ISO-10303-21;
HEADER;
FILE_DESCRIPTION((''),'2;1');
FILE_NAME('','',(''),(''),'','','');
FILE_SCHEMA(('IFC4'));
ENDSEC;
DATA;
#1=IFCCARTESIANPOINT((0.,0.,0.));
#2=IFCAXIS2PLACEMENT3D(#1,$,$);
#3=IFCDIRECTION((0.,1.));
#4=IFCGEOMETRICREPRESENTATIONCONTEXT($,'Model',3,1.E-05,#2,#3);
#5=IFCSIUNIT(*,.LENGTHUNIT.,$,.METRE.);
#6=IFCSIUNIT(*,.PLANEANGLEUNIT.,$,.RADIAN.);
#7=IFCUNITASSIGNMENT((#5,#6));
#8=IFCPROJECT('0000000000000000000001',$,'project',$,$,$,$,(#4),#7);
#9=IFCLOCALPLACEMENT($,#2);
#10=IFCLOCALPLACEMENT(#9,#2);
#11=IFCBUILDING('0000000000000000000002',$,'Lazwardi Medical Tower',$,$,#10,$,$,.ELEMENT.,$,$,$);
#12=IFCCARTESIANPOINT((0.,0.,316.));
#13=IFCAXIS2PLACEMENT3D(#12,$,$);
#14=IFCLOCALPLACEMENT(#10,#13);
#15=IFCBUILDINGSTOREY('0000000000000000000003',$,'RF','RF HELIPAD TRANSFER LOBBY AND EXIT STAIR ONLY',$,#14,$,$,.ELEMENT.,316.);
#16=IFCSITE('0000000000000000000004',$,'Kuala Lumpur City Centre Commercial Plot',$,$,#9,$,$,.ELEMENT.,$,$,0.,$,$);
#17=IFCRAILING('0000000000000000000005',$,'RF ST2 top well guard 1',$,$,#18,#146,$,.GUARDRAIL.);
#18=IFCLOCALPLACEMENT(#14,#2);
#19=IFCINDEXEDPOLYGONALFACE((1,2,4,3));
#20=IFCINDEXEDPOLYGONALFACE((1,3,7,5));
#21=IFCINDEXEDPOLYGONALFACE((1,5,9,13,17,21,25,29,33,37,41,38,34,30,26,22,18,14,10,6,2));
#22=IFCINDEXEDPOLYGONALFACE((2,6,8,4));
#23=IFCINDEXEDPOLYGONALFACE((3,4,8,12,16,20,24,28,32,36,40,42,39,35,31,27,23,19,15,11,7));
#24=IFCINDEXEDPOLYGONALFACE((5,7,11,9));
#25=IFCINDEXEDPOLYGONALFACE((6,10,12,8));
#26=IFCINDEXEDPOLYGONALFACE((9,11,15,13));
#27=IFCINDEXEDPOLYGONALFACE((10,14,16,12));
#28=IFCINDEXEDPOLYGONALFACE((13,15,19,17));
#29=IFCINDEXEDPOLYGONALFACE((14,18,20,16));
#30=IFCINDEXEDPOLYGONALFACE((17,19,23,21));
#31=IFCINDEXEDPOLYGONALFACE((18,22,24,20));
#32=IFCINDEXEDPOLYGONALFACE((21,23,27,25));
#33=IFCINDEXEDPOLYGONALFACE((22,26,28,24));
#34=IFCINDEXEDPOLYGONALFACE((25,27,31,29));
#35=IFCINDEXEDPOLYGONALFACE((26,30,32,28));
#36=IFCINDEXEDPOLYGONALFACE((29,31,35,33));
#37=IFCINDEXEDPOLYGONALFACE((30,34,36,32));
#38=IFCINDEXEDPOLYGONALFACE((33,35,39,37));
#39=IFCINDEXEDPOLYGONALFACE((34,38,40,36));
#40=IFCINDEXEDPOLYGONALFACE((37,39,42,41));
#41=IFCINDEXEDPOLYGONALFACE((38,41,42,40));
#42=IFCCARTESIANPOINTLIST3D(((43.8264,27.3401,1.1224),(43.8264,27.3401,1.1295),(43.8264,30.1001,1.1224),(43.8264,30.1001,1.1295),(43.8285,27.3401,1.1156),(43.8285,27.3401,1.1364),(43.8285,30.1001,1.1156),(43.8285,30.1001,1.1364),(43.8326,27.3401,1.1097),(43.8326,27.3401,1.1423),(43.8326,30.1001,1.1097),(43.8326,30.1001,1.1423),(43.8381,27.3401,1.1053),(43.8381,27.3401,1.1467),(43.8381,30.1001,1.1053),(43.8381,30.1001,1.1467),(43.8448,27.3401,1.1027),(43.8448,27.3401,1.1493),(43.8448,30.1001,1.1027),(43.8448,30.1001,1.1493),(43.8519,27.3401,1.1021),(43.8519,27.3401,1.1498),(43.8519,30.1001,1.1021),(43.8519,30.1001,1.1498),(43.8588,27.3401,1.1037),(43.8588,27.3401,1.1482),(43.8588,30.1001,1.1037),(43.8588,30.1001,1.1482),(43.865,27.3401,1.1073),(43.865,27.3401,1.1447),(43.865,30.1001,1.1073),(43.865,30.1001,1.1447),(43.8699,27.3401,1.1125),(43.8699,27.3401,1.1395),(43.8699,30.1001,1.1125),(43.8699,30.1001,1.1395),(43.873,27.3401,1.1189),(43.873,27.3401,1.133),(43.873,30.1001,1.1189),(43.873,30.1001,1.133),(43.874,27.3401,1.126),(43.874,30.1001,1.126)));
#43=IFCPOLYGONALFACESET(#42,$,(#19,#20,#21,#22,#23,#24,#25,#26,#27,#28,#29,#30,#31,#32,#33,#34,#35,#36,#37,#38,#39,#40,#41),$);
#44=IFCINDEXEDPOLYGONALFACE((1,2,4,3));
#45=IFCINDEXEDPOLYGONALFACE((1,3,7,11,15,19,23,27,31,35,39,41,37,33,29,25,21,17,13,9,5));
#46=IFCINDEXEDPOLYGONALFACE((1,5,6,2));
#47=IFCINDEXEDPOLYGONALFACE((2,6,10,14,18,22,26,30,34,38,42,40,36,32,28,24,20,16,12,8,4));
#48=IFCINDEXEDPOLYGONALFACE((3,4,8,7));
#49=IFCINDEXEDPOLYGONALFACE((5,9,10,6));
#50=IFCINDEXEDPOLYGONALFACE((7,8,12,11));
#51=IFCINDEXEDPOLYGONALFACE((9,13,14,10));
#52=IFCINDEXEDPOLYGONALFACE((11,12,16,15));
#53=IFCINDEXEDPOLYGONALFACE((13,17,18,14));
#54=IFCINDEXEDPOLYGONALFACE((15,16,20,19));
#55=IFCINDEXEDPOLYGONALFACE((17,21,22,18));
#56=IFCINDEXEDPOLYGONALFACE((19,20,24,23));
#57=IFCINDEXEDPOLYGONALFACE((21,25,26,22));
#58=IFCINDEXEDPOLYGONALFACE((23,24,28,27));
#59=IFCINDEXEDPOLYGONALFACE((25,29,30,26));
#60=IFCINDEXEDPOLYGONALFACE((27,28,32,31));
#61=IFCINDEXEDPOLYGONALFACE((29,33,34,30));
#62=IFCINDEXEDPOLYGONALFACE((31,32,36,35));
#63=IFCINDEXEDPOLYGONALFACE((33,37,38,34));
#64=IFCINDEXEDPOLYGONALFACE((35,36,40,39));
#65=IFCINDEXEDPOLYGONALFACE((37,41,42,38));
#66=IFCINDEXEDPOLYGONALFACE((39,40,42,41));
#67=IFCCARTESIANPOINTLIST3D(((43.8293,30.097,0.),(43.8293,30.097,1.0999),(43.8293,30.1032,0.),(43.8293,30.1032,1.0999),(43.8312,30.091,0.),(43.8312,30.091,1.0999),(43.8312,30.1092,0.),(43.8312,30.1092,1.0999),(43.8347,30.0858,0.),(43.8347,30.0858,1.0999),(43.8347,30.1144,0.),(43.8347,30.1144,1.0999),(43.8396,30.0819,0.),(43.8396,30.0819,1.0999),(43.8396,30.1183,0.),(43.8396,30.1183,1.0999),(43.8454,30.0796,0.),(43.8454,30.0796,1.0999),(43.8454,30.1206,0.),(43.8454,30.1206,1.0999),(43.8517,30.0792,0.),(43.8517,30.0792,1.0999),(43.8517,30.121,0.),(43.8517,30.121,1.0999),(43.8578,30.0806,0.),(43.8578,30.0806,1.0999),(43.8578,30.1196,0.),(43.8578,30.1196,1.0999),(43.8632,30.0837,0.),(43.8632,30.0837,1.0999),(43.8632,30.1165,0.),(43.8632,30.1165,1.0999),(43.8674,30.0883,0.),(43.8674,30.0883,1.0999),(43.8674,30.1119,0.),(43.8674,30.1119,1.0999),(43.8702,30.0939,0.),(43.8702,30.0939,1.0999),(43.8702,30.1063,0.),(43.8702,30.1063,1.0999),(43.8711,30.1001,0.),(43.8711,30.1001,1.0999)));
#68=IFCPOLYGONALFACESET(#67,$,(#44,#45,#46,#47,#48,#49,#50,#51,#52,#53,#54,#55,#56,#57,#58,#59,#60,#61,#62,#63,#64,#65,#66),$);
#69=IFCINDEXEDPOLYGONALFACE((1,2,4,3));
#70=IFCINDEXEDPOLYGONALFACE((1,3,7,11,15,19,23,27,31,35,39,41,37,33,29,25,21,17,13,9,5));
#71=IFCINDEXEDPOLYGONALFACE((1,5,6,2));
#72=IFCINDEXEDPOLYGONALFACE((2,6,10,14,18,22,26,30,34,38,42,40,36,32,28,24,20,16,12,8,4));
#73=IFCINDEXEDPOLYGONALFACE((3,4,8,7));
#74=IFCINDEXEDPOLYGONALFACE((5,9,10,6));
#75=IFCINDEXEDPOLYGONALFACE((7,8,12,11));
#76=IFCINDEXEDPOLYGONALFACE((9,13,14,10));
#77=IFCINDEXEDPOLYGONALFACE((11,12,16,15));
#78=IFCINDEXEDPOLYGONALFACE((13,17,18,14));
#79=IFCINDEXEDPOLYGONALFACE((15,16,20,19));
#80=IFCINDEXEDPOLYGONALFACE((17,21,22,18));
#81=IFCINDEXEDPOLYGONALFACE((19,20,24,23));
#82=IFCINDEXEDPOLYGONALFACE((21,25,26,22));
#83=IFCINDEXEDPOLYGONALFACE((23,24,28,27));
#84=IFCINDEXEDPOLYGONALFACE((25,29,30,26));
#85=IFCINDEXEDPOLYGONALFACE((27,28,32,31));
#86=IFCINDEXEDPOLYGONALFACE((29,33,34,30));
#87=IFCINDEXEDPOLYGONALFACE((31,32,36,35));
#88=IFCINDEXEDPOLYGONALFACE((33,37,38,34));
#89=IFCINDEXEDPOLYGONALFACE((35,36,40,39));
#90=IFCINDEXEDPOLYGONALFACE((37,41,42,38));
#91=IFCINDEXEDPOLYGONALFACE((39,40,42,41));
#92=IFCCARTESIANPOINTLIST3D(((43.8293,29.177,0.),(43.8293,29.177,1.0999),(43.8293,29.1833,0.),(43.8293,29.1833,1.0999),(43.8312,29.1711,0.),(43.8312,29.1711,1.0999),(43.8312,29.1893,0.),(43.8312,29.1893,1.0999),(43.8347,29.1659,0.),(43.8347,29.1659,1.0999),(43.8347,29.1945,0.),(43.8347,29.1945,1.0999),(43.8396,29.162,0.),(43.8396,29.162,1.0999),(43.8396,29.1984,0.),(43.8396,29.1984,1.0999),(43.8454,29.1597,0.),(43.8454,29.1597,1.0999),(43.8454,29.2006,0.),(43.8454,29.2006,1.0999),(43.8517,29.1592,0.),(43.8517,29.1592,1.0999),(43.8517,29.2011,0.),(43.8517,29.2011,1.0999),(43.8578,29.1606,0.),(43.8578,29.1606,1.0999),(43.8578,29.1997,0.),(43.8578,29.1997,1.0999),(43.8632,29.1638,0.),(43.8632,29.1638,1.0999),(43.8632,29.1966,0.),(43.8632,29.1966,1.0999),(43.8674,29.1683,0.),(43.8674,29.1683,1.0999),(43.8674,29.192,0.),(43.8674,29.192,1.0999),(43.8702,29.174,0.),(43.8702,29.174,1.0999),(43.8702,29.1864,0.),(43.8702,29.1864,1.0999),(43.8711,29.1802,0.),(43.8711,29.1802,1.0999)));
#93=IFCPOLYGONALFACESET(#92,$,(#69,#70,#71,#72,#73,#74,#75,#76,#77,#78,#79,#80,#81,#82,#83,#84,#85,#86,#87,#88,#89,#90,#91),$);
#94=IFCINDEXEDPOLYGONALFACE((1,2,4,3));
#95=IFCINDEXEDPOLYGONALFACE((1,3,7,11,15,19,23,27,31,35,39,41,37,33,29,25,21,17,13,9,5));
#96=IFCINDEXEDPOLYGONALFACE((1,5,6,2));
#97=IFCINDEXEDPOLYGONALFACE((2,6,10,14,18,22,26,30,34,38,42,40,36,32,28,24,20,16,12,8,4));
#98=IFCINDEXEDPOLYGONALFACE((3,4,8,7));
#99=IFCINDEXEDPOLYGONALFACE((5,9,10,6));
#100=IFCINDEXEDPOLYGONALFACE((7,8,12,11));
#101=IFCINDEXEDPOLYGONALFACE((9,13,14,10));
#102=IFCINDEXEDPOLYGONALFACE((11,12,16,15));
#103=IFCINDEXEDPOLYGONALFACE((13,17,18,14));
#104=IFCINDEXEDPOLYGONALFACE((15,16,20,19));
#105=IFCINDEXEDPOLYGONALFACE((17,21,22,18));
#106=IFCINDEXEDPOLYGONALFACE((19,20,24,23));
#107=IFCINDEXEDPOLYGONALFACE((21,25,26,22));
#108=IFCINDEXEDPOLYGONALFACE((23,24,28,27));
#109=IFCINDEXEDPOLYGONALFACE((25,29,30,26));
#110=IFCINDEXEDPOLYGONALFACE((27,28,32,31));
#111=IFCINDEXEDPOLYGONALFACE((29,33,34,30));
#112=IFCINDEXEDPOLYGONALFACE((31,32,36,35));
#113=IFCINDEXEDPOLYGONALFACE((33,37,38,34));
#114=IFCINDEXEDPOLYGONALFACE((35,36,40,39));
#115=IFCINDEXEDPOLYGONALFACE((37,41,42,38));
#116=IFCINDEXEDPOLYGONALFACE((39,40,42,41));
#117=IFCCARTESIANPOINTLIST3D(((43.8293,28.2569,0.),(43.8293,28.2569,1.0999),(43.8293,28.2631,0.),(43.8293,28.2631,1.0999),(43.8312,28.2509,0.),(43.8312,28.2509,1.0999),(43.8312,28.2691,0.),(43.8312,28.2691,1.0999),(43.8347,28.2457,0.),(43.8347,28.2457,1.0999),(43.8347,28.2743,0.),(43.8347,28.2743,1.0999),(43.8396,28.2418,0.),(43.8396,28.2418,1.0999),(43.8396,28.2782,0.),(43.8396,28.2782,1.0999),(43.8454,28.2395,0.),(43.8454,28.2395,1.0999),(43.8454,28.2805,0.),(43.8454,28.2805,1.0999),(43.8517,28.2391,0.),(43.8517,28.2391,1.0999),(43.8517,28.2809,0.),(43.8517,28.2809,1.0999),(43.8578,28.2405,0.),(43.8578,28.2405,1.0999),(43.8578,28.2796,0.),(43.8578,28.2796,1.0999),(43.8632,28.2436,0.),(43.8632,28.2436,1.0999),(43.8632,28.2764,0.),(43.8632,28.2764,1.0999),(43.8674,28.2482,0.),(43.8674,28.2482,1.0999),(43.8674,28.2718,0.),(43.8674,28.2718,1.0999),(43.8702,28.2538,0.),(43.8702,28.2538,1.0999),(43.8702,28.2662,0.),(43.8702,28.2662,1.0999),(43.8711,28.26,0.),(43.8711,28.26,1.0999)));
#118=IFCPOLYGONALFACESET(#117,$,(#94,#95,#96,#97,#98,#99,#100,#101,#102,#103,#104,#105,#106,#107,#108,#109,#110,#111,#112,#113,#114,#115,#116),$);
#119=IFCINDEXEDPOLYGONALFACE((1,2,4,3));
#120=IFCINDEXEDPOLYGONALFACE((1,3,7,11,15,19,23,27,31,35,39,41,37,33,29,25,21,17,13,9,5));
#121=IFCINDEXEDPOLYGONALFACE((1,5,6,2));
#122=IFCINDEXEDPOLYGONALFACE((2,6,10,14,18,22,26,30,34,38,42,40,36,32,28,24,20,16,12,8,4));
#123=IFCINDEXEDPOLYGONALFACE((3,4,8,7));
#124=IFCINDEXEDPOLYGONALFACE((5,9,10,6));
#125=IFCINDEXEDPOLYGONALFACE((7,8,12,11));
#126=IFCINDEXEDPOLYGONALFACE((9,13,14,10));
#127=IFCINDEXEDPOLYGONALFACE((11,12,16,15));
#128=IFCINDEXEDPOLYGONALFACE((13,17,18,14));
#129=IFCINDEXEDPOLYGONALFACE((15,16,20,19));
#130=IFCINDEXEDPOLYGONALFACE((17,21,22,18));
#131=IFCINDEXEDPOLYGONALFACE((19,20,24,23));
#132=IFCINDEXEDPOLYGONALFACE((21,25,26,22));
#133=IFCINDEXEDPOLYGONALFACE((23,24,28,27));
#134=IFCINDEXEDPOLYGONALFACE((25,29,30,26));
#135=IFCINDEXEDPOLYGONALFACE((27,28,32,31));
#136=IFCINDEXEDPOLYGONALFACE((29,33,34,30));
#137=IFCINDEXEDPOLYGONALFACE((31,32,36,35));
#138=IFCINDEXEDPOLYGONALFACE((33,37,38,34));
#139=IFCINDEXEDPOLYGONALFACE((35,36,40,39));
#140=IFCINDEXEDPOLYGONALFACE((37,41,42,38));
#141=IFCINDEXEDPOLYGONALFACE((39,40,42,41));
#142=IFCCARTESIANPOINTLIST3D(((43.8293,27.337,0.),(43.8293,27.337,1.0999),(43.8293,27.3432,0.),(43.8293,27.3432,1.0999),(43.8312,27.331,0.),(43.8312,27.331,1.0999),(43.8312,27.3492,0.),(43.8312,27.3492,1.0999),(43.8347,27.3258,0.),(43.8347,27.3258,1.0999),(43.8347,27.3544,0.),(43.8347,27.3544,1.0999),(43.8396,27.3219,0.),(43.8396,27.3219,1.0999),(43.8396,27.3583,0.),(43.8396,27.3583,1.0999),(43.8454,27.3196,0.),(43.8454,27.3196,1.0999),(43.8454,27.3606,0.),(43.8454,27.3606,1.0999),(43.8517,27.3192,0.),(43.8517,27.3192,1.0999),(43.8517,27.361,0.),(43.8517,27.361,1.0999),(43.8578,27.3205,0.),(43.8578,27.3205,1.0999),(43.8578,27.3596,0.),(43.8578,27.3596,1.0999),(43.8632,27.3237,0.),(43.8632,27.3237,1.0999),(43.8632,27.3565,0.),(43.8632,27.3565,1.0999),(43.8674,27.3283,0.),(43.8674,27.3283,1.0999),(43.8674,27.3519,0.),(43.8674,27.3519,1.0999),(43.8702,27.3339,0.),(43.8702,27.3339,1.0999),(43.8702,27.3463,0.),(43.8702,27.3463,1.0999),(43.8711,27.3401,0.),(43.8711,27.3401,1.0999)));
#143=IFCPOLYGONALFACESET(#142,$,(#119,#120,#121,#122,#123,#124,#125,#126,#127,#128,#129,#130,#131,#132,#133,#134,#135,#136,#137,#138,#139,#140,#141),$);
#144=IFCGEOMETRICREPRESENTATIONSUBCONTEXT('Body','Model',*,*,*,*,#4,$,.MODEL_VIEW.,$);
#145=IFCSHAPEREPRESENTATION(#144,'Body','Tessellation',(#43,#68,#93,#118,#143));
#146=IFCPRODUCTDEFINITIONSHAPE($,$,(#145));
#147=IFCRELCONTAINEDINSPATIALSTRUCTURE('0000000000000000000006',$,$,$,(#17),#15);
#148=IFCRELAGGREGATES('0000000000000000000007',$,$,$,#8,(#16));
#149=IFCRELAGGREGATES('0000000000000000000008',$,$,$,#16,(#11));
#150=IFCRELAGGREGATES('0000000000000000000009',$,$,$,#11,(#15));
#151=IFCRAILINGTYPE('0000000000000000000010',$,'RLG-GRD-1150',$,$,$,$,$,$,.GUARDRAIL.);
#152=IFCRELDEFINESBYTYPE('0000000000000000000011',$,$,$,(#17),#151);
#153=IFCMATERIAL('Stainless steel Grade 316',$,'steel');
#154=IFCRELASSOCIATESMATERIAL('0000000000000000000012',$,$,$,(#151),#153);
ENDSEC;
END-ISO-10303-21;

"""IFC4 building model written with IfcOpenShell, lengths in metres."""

from ifc_helpers import new_model, si_unit, direction, frame, origin, origin_2d, place, context, subcontext, project, spatial, circle, extrude, material, type_object, element, save


model = new_model("IFC4")

# Units and contexts
model_context = context("Model", 3, precision=1e-05, world=origin(), true_north=direction((0.0, 1.0)))
body_context = subcontext(model_context, "Body", "Model", "MODEL_VIEW")
ifc_project = project(units=[si_unit("LENGTHUNIT", "METRE"), si_unit("PLANEANGLEUNIT", "RADIAN")], contexts=[model_context])

# Site, building, storey
site_placement = place(None, origin())
site = spatial("IfcSite", under=ifc_project, at=site_placement, Name="Kuala Lumpur City Centre Commercial Plot", CompositionType="ELEMENT", RefElevation=0.0)
building_placement = place(site_placement, origin())
building = spatial("IfcBuilding", under=site, at=building_placement, Name="Lazwardi Medical Tower", CompositionType="ELEMENT")
storey_placement = place(building_placement, frame((0.0, 0.0, 316.0)))
storey = spatial("IfcBuildingStorey", under=building, at=storey_placement, Name="RF", Description="RF HELIPAD TRANSFER LOBBY AND EXIT STAIR ONLY", CompositionType="ELEMENT", Elevation=316.0)

# Railing
ifc_material_1 = material(Name="Stainless steel Grade 316", Category="steel")
railing_type = type_object("IfcRailingType", Name="RLG-GRD-1150", PredefinedType="GUARDRAIL", material=ifc_material_1)
railing_placement = place(storey_placement, frame((43.8501, 30.1001, 0.0)))
element("IfcRailing", 1, at=railing_placement, inside=storey, type_object=railing_type, Name="RF ST2 top well guard 1", PredefinedType="GUARDRAIL", context=body_context, shape_type="SweptSolid", body=[
    extrude(circle(Radius=0.0239, at=origin_2d()), frame((0.0, 0.0, 1.126), z_axis=(0.0, -1.0, 0.0), x_axis=(1.0, 0.0, 0.0)), (0.0, 0.0, 1.0), 2.76),
    extrude(circle(Radius=0.021, at=origin_2d()), origin(), (0.0, 0.0, 1.0), 1.0999),
    extrude(circle(Radius=0.021, at=origin_2d()), frame((0.0, -0.9199, 0.0)), (0.0, 0.0, 1.0), 1.0999),
    extrude(circle(Radius=0.021, at=origin_2d()), frame((0.0, -1.8401, 0.0)), (0.0, 0.0, 1.0), 1.0999),
    extrude(circle(Radius=0.021, at=origin_2d()), frame((0.0, -2.76, 0.0)), (0.0, 0.0, 1.0), 1.0999),
])

save(model, "model.ifc")
